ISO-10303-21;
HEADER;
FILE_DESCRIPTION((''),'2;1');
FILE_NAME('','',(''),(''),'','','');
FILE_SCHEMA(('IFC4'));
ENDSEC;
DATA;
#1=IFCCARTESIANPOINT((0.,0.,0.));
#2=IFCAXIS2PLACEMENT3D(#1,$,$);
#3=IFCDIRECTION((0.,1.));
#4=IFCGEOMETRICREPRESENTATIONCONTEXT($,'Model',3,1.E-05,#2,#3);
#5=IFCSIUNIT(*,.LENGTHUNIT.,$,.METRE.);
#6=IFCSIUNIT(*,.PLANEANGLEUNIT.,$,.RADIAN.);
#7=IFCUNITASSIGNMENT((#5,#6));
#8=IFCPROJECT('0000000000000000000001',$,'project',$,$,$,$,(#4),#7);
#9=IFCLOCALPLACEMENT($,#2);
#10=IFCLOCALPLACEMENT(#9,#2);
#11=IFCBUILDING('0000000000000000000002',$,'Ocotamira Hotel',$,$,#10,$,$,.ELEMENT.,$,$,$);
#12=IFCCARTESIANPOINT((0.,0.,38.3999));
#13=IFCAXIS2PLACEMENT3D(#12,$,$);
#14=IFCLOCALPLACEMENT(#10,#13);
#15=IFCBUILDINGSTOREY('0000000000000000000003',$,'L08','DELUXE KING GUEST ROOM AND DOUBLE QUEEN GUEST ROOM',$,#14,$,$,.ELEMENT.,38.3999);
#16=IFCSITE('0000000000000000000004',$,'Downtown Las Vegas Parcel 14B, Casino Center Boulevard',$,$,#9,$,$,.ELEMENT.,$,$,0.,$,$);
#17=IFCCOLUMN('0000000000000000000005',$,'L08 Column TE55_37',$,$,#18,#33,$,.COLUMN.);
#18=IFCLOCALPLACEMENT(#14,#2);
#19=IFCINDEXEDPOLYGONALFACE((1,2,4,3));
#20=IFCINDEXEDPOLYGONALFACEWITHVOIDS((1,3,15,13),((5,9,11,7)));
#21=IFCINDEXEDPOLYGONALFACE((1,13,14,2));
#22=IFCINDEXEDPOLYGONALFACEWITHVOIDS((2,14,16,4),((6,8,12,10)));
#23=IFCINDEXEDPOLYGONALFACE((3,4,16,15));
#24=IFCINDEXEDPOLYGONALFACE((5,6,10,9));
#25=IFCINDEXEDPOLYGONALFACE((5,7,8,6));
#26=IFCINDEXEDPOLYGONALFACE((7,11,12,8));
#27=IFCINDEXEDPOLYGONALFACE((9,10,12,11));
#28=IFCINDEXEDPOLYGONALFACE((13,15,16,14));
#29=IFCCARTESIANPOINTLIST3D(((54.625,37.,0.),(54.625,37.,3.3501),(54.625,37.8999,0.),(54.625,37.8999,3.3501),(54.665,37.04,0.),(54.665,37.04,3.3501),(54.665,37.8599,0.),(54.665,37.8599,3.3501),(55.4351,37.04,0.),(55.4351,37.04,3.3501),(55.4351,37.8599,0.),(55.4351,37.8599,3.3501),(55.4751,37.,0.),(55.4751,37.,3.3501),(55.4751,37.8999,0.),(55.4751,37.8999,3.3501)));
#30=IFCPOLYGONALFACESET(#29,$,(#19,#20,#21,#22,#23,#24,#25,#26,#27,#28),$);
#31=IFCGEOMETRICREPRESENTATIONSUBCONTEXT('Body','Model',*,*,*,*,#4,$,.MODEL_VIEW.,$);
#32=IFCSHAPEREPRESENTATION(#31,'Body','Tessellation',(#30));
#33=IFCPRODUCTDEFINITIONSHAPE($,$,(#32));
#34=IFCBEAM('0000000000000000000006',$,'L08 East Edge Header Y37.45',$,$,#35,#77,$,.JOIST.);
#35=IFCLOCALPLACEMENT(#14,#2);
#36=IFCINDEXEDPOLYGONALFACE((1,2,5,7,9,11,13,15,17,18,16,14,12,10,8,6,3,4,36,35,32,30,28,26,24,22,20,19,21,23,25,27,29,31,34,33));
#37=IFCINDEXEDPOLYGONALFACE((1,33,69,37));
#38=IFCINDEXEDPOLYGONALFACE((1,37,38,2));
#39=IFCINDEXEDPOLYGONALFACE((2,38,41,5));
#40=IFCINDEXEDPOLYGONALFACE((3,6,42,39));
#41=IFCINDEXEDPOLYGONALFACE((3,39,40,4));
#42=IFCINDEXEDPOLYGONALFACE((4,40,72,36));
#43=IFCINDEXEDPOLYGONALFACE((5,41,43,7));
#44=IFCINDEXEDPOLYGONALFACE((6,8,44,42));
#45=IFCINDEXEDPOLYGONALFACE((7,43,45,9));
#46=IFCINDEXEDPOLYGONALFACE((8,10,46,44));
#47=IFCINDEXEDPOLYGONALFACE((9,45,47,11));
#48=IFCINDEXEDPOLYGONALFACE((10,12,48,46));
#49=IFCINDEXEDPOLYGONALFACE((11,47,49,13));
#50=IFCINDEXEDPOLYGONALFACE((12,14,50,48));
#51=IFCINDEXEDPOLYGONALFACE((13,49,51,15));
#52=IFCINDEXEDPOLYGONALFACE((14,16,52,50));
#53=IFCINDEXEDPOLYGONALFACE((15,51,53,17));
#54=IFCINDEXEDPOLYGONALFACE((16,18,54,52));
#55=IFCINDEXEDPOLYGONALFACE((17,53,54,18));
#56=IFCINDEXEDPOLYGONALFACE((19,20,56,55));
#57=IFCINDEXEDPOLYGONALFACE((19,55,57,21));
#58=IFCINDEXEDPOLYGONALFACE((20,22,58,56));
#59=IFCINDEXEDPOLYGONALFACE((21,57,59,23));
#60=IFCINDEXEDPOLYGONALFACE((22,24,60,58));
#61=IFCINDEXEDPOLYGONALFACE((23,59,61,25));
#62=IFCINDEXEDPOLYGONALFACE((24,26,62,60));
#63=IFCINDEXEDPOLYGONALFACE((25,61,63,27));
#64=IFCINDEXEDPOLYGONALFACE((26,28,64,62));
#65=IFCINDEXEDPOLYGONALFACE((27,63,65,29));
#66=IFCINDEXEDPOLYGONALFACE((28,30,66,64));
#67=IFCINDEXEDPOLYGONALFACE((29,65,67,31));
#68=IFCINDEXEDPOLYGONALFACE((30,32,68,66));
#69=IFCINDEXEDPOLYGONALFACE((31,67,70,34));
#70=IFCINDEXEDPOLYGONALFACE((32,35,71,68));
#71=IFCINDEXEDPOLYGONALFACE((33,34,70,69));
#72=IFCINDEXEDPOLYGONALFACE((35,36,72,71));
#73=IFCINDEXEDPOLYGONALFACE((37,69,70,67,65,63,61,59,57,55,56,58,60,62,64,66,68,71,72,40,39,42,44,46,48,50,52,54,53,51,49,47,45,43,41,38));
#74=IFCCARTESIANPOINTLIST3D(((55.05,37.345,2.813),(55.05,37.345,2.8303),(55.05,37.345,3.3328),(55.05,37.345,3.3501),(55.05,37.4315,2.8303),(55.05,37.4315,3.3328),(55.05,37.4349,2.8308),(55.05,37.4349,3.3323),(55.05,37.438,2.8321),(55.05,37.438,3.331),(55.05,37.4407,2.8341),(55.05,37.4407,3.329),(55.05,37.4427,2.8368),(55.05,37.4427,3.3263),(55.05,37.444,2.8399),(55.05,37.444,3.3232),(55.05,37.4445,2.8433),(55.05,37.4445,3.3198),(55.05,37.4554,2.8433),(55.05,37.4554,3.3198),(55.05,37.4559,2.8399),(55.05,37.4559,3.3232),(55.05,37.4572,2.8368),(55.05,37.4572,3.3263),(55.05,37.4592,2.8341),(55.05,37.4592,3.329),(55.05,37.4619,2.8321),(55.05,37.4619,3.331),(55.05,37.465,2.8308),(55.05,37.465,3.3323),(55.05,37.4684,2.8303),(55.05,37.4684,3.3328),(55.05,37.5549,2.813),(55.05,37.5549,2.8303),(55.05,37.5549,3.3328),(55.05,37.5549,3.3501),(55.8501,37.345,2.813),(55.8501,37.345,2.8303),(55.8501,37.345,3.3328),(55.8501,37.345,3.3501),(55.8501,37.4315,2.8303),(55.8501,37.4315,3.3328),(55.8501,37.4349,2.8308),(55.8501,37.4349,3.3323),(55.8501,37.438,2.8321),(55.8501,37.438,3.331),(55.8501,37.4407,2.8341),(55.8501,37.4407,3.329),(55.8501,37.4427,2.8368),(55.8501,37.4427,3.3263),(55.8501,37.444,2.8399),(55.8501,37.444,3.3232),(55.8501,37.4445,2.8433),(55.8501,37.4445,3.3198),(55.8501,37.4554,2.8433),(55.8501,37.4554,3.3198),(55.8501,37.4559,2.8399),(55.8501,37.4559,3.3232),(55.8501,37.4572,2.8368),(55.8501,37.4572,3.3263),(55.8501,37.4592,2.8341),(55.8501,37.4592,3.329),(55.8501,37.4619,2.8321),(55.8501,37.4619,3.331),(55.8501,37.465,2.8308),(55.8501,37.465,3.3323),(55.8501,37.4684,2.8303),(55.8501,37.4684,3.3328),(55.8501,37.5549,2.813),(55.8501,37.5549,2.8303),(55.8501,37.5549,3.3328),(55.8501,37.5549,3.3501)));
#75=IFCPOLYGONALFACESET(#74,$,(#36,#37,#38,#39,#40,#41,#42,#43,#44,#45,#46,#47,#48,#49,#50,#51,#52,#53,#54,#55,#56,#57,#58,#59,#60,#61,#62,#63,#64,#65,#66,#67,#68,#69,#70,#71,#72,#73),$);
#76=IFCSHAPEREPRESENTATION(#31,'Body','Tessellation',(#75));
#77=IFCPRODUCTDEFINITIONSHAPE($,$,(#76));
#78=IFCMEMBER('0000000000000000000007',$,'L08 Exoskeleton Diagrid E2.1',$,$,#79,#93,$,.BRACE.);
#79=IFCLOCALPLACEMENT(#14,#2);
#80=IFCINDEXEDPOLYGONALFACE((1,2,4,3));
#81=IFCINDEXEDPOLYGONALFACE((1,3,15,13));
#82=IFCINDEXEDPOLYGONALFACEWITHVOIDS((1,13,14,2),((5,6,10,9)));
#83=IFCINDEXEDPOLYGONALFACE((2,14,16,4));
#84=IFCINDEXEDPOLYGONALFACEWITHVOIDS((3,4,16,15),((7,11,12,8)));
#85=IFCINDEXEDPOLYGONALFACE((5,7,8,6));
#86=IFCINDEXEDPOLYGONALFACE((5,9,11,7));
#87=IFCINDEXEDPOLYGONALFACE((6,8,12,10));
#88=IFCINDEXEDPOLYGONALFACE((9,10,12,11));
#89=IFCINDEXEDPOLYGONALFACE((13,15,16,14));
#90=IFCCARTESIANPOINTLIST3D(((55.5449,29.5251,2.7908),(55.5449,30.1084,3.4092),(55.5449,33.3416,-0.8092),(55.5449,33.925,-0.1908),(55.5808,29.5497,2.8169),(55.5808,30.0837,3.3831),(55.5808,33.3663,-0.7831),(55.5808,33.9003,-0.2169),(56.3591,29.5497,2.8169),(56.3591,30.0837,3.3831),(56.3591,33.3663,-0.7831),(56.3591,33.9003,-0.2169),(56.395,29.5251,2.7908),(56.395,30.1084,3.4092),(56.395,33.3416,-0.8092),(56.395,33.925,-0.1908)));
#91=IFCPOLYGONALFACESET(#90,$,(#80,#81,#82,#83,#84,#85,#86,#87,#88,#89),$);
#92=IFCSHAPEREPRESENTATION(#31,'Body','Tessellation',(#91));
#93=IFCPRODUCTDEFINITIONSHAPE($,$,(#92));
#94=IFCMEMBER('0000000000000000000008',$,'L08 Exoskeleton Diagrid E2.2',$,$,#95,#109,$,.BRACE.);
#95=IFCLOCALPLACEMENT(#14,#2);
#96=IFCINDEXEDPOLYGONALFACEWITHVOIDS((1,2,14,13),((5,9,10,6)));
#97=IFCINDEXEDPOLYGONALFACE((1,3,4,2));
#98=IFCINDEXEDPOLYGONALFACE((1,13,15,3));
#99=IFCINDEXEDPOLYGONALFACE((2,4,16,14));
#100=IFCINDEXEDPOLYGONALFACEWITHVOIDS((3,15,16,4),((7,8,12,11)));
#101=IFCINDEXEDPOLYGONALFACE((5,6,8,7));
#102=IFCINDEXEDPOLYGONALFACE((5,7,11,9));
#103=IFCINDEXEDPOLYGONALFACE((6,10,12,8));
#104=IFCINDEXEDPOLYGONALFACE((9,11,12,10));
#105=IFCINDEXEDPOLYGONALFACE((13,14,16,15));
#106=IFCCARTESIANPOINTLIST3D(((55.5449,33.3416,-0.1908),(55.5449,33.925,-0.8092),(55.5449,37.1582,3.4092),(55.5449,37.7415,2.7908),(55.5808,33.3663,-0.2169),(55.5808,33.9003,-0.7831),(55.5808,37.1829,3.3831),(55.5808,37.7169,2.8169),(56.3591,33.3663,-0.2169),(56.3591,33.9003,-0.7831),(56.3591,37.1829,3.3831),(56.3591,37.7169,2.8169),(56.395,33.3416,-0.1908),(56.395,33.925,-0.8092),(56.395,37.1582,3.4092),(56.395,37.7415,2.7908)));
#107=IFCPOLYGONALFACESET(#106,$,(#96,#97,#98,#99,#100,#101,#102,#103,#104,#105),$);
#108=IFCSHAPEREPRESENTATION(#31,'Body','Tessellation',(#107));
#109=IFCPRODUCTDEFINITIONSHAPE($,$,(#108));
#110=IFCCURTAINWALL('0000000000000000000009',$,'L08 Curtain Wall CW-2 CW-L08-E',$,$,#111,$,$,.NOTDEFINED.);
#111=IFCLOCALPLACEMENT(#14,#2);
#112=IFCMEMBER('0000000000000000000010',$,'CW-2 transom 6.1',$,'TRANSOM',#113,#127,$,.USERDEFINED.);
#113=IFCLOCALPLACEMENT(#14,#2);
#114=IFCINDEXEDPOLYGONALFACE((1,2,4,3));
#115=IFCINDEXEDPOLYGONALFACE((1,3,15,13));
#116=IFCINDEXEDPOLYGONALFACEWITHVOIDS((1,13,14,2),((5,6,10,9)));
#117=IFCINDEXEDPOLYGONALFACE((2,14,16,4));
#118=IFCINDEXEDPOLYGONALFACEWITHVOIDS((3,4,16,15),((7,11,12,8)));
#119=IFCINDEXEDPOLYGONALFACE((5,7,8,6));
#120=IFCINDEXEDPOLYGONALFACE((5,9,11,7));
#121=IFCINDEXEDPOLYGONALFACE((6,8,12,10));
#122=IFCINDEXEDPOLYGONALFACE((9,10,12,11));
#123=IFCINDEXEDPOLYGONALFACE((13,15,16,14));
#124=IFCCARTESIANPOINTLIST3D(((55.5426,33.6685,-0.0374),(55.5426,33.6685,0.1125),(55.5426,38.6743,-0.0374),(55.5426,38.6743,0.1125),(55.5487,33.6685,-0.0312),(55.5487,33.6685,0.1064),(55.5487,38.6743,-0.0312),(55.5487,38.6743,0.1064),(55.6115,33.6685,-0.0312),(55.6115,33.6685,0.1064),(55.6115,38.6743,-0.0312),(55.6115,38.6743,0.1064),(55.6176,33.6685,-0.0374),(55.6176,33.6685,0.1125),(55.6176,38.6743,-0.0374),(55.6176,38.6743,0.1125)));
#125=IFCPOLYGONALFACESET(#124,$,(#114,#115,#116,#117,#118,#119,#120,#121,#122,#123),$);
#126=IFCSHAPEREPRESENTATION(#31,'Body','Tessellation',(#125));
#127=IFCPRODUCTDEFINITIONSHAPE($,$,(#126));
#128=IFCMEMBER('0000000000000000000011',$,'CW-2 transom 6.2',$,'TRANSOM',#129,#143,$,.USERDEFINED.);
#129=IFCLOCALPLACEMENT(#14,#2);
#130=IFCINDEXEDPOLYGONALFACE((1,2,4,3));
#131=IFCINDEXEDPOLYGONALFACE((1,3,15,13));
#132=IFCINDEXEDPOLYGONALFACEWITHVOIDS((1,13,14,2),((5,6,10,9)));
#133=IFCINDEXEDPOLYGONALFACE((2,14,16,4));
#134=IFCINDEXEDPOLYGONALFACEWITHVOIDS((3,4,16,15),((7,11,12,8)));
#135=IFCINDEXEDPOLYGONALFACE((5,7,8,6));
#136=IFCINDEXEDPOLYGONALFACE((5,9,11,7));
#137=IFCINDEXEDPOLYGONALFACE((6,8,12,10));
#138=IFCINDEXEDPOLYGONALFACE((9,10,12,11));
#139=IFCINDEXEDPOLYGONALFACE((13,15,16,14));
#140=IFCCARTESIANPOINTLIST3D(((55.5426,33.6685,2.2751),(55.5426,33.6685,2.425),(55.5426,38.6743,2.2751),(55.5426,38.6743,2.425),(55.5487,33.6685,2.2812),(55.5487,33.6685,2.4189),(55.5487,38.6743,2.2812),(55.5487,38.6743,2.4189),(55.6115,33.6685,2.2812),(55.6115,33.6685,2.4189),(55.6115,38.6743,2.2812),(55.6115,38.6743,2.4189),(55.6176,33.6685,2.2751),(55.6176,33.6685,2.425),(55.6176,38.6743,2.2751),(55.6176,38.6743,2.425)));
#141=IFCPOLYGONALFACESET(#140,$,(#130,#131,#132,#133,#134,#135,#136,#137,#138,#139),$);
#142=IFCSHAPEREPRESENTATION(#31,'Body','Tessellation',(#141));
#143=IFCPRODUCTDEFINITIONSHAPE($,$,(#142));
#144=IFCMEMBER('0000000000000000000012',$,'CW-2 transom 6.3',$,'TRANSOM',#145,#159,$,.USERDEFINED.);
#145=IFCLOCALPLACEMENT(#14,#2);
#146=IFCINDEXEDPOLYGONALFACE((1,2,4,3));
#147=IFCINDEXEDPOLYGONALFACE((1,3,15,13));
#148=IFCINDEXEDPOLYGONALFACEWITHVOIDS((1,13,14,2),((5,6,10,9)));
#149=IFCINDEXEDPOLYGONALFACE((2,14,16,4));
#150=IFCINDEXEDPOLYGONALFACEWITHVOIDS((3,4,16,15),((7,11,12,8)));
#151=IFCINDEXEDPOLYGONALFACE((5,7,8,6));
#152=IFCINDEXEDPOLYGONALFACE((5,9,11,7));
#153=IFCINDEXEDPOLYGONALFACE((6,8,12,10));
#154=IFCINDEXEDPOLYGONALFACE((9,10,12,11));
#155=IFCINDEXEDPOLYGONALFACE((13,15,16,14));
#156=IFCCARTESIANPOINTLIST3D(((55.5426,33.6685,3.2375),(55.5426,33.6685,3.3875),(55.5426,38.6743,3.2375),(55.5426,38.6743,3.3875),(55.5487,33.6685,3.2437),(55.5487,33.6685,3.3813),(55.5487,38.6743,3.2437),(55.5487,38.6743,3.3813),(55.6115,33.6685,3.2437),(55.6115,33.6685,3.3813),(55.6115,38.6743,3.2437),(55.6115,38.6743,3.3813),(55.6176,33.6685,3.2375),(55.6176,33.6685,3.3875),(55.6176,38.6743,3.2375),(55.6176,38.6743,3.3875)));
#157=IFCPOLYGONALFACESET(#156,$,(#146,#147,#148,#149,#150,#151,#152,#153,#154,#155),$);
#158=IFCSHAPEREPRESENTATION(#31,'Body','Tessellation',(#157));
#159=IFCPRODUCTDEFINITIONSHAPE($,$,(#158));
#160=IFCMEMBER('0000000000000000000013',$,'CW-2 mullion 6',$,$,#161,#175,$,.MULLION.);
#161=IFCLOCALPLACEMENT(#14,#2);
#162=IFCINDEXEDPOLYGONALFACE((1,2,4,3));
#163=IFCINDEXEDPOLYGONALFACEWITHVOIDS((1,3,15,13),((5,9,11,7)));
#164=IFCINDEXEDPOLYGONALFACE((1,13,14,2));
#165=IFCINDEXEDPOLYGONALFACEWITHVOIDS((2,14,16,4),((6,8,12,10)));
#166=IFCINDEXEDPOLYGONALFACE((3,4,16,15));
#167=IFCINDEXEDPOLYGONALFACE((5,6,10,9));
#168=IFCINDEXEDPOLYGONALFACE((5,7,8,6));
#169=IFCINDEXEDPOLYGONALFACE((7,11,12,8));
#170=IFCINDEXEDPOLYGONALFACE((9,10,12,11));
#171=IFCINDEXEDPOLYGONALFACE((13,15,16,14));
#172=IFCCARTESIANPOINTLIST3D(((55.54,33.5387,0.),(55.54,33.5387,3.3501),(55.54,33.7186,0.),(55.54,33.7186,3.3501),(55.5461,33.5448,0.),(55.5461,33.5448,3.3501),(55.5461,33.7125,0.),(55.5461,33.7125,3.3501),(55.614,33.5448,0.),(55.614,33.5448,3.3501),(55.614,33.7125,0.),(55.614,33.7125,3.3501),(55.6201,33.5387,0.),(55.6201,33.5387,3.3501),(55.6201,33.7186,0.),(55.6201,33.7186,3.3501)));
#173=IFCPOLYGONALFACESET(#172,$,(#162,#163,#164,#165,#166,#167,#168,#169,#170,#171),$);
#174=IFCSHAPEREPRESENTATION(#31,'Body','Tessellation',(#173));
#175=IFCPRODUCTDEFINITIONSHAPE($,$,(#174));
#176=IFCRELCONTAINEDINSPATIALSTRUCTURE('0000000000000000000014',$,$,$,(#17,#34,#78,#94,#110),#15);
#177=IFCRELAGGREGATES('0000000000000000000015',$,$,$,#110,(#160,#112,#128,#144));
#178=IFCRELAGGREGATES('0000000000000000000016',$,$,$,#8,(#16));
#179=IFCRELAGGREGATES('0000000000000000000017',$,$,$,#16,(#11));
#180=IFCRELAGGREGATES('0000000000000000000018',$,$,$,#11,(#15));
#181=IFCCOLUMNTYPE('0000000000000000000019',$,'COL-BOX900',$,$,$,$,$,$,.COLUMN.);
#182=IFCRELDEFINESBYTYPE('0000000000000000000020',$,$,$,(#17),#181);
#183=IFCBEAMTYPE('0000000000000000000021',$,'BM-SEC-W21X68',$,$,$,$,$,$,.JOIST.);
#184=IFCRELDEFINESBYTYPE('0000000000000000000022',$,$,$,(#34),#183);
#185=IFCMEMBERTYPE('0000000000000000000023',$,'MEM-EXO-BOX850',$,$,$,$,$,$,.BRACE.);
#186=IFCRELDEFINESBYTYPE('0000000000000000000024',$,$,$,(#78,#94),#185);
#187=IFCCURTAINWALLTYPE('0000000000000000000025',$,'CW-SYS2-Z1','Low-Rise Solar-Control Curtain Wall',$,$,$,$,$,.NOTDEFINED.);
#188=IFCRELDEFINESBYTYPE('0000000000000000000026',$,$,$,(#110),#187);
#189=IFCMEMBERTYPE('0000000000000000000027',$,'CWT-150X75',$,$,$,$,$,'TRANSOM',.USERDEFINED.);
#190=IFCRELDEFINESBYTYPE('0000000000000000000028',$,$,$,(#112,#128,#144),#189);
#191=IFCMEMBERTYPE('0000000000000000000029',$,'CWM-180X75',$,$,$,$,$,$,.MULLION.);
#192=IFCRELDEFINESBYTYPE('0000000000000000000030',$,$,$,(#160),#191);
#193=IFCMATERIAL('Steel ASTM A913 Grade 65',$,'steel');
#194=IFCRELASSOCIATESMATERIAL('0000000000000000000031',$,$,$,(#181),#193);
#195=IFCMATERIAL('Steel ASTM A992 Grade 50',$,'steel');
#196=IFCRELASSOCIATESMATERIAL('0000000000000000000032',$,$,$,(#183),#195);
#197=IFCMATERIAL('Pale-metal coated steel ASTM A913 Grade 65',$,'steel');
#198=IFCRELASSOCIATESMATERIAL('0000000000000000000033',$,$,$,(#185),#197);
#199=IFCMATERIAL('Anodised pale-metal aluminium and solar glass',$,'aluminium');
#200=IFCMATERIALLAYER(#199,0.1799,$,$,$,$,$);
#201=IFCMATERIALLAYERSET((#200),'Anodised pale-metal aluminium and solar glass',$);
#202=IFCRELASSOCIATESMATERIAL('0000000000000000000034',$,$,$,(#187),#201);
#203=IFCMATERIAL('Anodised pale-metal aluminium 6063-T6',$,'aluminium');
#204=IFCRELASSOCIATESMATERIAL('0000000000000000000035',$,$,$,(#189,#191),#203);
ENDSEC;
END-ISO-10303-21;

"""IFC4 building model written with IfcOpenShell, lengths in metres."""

from ifc_helpers import new_model, si_unit, direction, frame, origin, origin_2d, place, context, subcontext, project, spatial, hollow_rectangle, i_section, extrude, source, transform, mapped, material, layer, layer_set, material_profile, profile_set, type_object, element, aggregate, save


model = new_model("IFC4")

# Units and contexts
model_context = context("Model", 3, precision=1e-05, world=origin(), true_north=direction((0.0, 1.0)))
body_context = subcontext(model_context, "Body", "Model", "MODEL_VIEW")
ifc_project = project(units=[si_unit("LENGTHUNIT", "METRE"), si_unit("PLANEANGLEUNIT", "RADIAN")], contexts=[model_context])

# Site, building, storey
site_placement = place(None, origin())
site = spatial("IfcSite", under=ifc_project, at=site_placement, Name="Downtown Las Vegas Parcel 14B, Casino Center Boulevard", CompositionType="ELEMENT", RefElevation=0.0)
building_placement = place(site_placement, origin())
building = spatial("IfcBuilding", under=site, at=building_placement, Name="Ocotamira Hotel", CompositionType="ELEMENT")
storey_placement = place(building_placement, frame((0.0, 0.0, 38.3999)))
storey = spatial("IfcBuildingStorey", under=building, at=storey_placement, Name="L08", Description="DELUXE KING GUEST ROOM AND DOUBLE QUEEN GUEST ROOM", CompositionType="ELEMENT", Elevation=38.3999)

# Column
ifc_material_1 = material(Name="Steel ASTM A913 Grade 65", Category="steel")
ifc_material_profile_1 = material_profile(ifc_material_1, hollow_rectangle(XDim=0.8501, YDim=0.8999, WallThickness=0.04, at=origin_2d()), Name="BOX900X850X40")
ifc_profile_set_1 = profile_set([ifc_material_profile_1], Name="Steel ASTM A913 Grade 65")
column_type = type_object("IfcColumnType", Name="COL-BOX900", PredefinedType="COLUMN", material=ifc_profile_set_1)
shared_shape_1 = source(origin(), body_context, "Body", "SweptSolid", [
    extrude(hollow_rectangle(XDim=0.8501, YDim=0.8999, WallThickness=0.04, at=origin_2d()), origin(), (0.0, 0.0, 1.0), 3.3501),
])
column_placement = place(storey_placement, frame((55.05, 37.45, 0.0), z_axis=(0.0, 0.0, 1.0), x_axis=(1.0, 0.0, 0.0)))
element("IfcColumn", 1, at=column_placement, inside=storey, type_object=column_type, Name="L08 Column TE55_37", PredefinedType="COLUMN", context=body_context, shape_type="MappedRepresentation", body=[
    mapped(shared_shape_1, transform((0.0, 0.0, 0.0), scale=1.0)),
])

# Beam
ifc_material_2 = material(Name="Steel ASTM A992 Grade 50", Category="steel")
ifc_material_profile_2 = material_profile(ifc_material_2, i_section(OverallWidth=0.21, OverallDepth=0.5371, WebThickness=0.011, FlangeThickness=0.0173, FilletRadius=0.0129, at=origin_2d()), Name="W21X68")
ifc_profile_set_2 = profile_set([ifc_material_profile_2], Name="Steel ASTM A992 Grade 50")
beam_type = type_object("IfcBeamType", Name="BM-SEC-W21X68", PredefinedType="JOIST", material=ifc_profile_set_2)
shared_shape_2 = source(origin(), body_context, "Body", "SweptSolid", [
    extrude(i_section(OverallWidth=0.21, OverallDepth=0.5371, WebThickness=0.011, FlangeThickness=0.0173, FilletRadius=0.0129, at=origin_2d()), origin(), (0.0, 0.0, 1.0), 0.8),
])
beam_placement = place(storey_placement, frame((55.05, 37.45, 3.0815), z_axis=(1.0, 0.0, 0.0), x_axis=(0.0, 1.0, 0.0)))
element("IfcBeam", 2, at=beam_placement, inside=storey, type_object=beam_type, Name="L08 East Edge Header Y37.45", PredefinedType="JOIST", context=body_context, shape_type="MappedRepresentation", body=[
    mapped(shared_shape_2, transform((0.0, 0.0, 0.0), scale=1.0)),
])

# Members
ifc_material_3 = material(Name="Pale-metal coated steel ASTM A913 Grade 65", Category="steel")
ifc_material_profile_3 = material_profile(ifc_material_3, hollow_rectangle(XDim=0.8501, YDim=0.8501, WallThickness=0.0359, at=origin_2d()), Name="BOX850X850X36")
ifc_profile_set_3 = profile_set([ifc_material_profile_3], Name="Pale-metal coated steel ASTM A913 Grade 65")
member_type_1 = type_object("IfcMemberType", Name="MEM-EXO-BOX850", PredefinedType="BRACE", material=ifc_profile_set_3)
shared_shape_3 = source(origin(), body_context, "Body", "SweptSolid", [
    extrude(hollow_rectangle(XDim=0.8501, YDim=0.8501, WallThickness=0.0359, at=origin_2d()), origin(), (0.0, 0.0, 1.0), 5.2466),
])
for number, where, z_axis, x_axis, name in (
    (3, (55.97, 33.6333, -0.5), (0.0, -0.727443, 0.686168), (1.0, 0.0, 0.0), "L08 Exoskeleton Diagrid E2.1"),
    (4, (55.97, 33.6333, -0.5), (0.0, 0.727443, 0.686168), (-1.0, 0.0, 0.0), "L08 Exoskeleton Diagrid E2.2"),
):
    element("IfcMember", number, at=place(storey_placement, frame(where, z_axis=z_axis, x_axis=x_axis)), inside=storey, type_object=member_type_1, Name=name, PredefinedType="BRACE", context=body_context, shape_type="MappedRepresentation", body=[
        mapped(shared_shape_3, transform((0.0, 0.0, 0.0), scale=1.0)),
    ])

# Curtain wall, members
ifc_material_4 = material(Name="Anodised pale-metal aluminium and solar glass", Category="aluminium")
ifc_layer_1 = layer(ifc_material_4, 0.1799)
ifc_layer_set_1 = layer_set([ifc_layer_1], Name="Anodised pale-metal aluminium and solar glass")
curtain_wall_type = type_object("IfcCurtainWallType", Name="CW-SYS2-Z1", Description="Low-Rise Solar-Control Curtain Wall", PredefinedType="NOTDEFINED", material=ifc_layer_set_1)
curtain_wall_placement = place(storey_placement, origin())
curtain_wall = element("IfcCurtainWall", 5, at=curtain_wall_placement, inside=storey, type_object=curtain_wall_type, Name="L08 Curtain Wall CW-2 CW-L08-E", PredefinedType="NOTDEFINED")
ifc_material_5 = material(Name="Anodised pale-metal aluminium 6063-T6", Category="aluminium")
ifc_material_profile_4 = material_profile(ifc_material_5, hollow_rectangle(XDim=0.075, YDim=0.1499, WallThickness=0.0061, at=origin_2d()), Name="HSS150X75X6")
ifc_profile_set_4 = profile_set([ifc_material_profile_4], Name="Anodised pale-metal aluminium 6063-T6")
member_type_2 = type_object("IfcMemberType", Name="CWT-150X75", ElementType="TRANSOM", PredefinedType="USERDEFINED", material=ifc_profile_set_4)
shared_shape_4 = source(origin(), body_context, "Body", "SweptSolid", [
    extrude(hollow_rectangle(XDim=0.075, YDim=0.1499, WallThickness=0.0061, at=origin_2d()), origin(), (0.0, 0.0, 1.0), 5.0059),
])
member_1_placement = place(storey_placement, frame((55.5801, 33.6685, 0.0376), z_axis=(0.0, 1.0, 0.0), x_axis=(-1.0, 0.0, 0.0)))
member_1 = element("IfcMember", 6, at=member_1_placement, type_object=member_type_2, Name="CW-2 transom 6.1", ObjectType="TRANSOM", PredefinedType="USERDEFINED", context=body_context, shape_type="MappedRepresentation", body=[
    mapped(shared_shape_4, transform((0.0, 0.0, 0.0), scale=1.0)),
])
member_2_placement = place(storey_placement, frame((55.5801, 33.6685, 2.3501), z_axis=(0.0, 1.0, 0.0), x_axis=(-1.0, 0.0, 0.0)))
member_2 = element("IfcMember", 7, at=member_2_placement, type_object=member_type_2, Name="CW-2 transom 6.2", ObjectType="TRANSOM", PredefinedType="USERDEFINED", context=body_context, shape_type="MappedRepresentation", body=[
    mapped(shared_shape_4, transform((0.0, 0.0, 0.0), scale=1.0)),
])
member_3_placement = place(storey_placement, frame((55.5801, 33.6685, 3.3125), z_axis=(0.0, 1.0, 0.0), x_axis=(-1.0, 0.0, 0.0)))
member_3 = element("IfcMember", 8, at=member_3_placement, type_object=member_type_2, Name="CW-2 transom 6.3", ObjectType="TRANSOM", PredefinedType="USERDEFINED", context=body_context, shape_type="MappedRepresentation", body=[
    mapped(shared_shape_4, transform((0.0, 0.0, 0.0), scale=1.0)),
])
ifc_material_profile_5 = material_profile(ifc_material_5, hollow_rectangle(XDim=0.0801, YDim=0.1799, WallThickness=0.0061, at=origin_2d()), Name="HSS180X80X6")
ifc_profile_set_5 = profile_set([ifc_material_profile_5], Name="Anodised pale-metal aluminium 6063-T6")
member_type_3 = type_object("IfcMemberType", Name="CWM-180X75", PredefinedType="MULLION", material=ifc_profile_set_5)
shared_shape_5 = source(origin(), body_context, "Body", "SweptSolid", [
    extrude(hollow_rectangle(XDim=0.0801, YDim=0.1799, WallThickness=0.0061, at=origin_2d()), origin(), (0.0, 0.0, 1.0), 3.3501),
])
member_4_placement = place(storey_placement, frame((55.5801, 33.6287, 0.0), z_axis=(0.0, 0.0, 1.0), x_axis=(-1.0, 0.0, 0.0)))
member_4 = element("IfcMember", 9, at=member_4_placement, type_object=member_type_3, Name="CW-2 mullion 6", PredefinedType="MULLION", context=body_context, shape_type="MappedRepresentation", body=[
    mapped(shared_shape_5, transform((0.0, 0.0, 0.0), scale=1.0)),
])

aggregate(curtain_wall, [member_4, member_1, member_2, member_3])

save(model, "model.ifc")
